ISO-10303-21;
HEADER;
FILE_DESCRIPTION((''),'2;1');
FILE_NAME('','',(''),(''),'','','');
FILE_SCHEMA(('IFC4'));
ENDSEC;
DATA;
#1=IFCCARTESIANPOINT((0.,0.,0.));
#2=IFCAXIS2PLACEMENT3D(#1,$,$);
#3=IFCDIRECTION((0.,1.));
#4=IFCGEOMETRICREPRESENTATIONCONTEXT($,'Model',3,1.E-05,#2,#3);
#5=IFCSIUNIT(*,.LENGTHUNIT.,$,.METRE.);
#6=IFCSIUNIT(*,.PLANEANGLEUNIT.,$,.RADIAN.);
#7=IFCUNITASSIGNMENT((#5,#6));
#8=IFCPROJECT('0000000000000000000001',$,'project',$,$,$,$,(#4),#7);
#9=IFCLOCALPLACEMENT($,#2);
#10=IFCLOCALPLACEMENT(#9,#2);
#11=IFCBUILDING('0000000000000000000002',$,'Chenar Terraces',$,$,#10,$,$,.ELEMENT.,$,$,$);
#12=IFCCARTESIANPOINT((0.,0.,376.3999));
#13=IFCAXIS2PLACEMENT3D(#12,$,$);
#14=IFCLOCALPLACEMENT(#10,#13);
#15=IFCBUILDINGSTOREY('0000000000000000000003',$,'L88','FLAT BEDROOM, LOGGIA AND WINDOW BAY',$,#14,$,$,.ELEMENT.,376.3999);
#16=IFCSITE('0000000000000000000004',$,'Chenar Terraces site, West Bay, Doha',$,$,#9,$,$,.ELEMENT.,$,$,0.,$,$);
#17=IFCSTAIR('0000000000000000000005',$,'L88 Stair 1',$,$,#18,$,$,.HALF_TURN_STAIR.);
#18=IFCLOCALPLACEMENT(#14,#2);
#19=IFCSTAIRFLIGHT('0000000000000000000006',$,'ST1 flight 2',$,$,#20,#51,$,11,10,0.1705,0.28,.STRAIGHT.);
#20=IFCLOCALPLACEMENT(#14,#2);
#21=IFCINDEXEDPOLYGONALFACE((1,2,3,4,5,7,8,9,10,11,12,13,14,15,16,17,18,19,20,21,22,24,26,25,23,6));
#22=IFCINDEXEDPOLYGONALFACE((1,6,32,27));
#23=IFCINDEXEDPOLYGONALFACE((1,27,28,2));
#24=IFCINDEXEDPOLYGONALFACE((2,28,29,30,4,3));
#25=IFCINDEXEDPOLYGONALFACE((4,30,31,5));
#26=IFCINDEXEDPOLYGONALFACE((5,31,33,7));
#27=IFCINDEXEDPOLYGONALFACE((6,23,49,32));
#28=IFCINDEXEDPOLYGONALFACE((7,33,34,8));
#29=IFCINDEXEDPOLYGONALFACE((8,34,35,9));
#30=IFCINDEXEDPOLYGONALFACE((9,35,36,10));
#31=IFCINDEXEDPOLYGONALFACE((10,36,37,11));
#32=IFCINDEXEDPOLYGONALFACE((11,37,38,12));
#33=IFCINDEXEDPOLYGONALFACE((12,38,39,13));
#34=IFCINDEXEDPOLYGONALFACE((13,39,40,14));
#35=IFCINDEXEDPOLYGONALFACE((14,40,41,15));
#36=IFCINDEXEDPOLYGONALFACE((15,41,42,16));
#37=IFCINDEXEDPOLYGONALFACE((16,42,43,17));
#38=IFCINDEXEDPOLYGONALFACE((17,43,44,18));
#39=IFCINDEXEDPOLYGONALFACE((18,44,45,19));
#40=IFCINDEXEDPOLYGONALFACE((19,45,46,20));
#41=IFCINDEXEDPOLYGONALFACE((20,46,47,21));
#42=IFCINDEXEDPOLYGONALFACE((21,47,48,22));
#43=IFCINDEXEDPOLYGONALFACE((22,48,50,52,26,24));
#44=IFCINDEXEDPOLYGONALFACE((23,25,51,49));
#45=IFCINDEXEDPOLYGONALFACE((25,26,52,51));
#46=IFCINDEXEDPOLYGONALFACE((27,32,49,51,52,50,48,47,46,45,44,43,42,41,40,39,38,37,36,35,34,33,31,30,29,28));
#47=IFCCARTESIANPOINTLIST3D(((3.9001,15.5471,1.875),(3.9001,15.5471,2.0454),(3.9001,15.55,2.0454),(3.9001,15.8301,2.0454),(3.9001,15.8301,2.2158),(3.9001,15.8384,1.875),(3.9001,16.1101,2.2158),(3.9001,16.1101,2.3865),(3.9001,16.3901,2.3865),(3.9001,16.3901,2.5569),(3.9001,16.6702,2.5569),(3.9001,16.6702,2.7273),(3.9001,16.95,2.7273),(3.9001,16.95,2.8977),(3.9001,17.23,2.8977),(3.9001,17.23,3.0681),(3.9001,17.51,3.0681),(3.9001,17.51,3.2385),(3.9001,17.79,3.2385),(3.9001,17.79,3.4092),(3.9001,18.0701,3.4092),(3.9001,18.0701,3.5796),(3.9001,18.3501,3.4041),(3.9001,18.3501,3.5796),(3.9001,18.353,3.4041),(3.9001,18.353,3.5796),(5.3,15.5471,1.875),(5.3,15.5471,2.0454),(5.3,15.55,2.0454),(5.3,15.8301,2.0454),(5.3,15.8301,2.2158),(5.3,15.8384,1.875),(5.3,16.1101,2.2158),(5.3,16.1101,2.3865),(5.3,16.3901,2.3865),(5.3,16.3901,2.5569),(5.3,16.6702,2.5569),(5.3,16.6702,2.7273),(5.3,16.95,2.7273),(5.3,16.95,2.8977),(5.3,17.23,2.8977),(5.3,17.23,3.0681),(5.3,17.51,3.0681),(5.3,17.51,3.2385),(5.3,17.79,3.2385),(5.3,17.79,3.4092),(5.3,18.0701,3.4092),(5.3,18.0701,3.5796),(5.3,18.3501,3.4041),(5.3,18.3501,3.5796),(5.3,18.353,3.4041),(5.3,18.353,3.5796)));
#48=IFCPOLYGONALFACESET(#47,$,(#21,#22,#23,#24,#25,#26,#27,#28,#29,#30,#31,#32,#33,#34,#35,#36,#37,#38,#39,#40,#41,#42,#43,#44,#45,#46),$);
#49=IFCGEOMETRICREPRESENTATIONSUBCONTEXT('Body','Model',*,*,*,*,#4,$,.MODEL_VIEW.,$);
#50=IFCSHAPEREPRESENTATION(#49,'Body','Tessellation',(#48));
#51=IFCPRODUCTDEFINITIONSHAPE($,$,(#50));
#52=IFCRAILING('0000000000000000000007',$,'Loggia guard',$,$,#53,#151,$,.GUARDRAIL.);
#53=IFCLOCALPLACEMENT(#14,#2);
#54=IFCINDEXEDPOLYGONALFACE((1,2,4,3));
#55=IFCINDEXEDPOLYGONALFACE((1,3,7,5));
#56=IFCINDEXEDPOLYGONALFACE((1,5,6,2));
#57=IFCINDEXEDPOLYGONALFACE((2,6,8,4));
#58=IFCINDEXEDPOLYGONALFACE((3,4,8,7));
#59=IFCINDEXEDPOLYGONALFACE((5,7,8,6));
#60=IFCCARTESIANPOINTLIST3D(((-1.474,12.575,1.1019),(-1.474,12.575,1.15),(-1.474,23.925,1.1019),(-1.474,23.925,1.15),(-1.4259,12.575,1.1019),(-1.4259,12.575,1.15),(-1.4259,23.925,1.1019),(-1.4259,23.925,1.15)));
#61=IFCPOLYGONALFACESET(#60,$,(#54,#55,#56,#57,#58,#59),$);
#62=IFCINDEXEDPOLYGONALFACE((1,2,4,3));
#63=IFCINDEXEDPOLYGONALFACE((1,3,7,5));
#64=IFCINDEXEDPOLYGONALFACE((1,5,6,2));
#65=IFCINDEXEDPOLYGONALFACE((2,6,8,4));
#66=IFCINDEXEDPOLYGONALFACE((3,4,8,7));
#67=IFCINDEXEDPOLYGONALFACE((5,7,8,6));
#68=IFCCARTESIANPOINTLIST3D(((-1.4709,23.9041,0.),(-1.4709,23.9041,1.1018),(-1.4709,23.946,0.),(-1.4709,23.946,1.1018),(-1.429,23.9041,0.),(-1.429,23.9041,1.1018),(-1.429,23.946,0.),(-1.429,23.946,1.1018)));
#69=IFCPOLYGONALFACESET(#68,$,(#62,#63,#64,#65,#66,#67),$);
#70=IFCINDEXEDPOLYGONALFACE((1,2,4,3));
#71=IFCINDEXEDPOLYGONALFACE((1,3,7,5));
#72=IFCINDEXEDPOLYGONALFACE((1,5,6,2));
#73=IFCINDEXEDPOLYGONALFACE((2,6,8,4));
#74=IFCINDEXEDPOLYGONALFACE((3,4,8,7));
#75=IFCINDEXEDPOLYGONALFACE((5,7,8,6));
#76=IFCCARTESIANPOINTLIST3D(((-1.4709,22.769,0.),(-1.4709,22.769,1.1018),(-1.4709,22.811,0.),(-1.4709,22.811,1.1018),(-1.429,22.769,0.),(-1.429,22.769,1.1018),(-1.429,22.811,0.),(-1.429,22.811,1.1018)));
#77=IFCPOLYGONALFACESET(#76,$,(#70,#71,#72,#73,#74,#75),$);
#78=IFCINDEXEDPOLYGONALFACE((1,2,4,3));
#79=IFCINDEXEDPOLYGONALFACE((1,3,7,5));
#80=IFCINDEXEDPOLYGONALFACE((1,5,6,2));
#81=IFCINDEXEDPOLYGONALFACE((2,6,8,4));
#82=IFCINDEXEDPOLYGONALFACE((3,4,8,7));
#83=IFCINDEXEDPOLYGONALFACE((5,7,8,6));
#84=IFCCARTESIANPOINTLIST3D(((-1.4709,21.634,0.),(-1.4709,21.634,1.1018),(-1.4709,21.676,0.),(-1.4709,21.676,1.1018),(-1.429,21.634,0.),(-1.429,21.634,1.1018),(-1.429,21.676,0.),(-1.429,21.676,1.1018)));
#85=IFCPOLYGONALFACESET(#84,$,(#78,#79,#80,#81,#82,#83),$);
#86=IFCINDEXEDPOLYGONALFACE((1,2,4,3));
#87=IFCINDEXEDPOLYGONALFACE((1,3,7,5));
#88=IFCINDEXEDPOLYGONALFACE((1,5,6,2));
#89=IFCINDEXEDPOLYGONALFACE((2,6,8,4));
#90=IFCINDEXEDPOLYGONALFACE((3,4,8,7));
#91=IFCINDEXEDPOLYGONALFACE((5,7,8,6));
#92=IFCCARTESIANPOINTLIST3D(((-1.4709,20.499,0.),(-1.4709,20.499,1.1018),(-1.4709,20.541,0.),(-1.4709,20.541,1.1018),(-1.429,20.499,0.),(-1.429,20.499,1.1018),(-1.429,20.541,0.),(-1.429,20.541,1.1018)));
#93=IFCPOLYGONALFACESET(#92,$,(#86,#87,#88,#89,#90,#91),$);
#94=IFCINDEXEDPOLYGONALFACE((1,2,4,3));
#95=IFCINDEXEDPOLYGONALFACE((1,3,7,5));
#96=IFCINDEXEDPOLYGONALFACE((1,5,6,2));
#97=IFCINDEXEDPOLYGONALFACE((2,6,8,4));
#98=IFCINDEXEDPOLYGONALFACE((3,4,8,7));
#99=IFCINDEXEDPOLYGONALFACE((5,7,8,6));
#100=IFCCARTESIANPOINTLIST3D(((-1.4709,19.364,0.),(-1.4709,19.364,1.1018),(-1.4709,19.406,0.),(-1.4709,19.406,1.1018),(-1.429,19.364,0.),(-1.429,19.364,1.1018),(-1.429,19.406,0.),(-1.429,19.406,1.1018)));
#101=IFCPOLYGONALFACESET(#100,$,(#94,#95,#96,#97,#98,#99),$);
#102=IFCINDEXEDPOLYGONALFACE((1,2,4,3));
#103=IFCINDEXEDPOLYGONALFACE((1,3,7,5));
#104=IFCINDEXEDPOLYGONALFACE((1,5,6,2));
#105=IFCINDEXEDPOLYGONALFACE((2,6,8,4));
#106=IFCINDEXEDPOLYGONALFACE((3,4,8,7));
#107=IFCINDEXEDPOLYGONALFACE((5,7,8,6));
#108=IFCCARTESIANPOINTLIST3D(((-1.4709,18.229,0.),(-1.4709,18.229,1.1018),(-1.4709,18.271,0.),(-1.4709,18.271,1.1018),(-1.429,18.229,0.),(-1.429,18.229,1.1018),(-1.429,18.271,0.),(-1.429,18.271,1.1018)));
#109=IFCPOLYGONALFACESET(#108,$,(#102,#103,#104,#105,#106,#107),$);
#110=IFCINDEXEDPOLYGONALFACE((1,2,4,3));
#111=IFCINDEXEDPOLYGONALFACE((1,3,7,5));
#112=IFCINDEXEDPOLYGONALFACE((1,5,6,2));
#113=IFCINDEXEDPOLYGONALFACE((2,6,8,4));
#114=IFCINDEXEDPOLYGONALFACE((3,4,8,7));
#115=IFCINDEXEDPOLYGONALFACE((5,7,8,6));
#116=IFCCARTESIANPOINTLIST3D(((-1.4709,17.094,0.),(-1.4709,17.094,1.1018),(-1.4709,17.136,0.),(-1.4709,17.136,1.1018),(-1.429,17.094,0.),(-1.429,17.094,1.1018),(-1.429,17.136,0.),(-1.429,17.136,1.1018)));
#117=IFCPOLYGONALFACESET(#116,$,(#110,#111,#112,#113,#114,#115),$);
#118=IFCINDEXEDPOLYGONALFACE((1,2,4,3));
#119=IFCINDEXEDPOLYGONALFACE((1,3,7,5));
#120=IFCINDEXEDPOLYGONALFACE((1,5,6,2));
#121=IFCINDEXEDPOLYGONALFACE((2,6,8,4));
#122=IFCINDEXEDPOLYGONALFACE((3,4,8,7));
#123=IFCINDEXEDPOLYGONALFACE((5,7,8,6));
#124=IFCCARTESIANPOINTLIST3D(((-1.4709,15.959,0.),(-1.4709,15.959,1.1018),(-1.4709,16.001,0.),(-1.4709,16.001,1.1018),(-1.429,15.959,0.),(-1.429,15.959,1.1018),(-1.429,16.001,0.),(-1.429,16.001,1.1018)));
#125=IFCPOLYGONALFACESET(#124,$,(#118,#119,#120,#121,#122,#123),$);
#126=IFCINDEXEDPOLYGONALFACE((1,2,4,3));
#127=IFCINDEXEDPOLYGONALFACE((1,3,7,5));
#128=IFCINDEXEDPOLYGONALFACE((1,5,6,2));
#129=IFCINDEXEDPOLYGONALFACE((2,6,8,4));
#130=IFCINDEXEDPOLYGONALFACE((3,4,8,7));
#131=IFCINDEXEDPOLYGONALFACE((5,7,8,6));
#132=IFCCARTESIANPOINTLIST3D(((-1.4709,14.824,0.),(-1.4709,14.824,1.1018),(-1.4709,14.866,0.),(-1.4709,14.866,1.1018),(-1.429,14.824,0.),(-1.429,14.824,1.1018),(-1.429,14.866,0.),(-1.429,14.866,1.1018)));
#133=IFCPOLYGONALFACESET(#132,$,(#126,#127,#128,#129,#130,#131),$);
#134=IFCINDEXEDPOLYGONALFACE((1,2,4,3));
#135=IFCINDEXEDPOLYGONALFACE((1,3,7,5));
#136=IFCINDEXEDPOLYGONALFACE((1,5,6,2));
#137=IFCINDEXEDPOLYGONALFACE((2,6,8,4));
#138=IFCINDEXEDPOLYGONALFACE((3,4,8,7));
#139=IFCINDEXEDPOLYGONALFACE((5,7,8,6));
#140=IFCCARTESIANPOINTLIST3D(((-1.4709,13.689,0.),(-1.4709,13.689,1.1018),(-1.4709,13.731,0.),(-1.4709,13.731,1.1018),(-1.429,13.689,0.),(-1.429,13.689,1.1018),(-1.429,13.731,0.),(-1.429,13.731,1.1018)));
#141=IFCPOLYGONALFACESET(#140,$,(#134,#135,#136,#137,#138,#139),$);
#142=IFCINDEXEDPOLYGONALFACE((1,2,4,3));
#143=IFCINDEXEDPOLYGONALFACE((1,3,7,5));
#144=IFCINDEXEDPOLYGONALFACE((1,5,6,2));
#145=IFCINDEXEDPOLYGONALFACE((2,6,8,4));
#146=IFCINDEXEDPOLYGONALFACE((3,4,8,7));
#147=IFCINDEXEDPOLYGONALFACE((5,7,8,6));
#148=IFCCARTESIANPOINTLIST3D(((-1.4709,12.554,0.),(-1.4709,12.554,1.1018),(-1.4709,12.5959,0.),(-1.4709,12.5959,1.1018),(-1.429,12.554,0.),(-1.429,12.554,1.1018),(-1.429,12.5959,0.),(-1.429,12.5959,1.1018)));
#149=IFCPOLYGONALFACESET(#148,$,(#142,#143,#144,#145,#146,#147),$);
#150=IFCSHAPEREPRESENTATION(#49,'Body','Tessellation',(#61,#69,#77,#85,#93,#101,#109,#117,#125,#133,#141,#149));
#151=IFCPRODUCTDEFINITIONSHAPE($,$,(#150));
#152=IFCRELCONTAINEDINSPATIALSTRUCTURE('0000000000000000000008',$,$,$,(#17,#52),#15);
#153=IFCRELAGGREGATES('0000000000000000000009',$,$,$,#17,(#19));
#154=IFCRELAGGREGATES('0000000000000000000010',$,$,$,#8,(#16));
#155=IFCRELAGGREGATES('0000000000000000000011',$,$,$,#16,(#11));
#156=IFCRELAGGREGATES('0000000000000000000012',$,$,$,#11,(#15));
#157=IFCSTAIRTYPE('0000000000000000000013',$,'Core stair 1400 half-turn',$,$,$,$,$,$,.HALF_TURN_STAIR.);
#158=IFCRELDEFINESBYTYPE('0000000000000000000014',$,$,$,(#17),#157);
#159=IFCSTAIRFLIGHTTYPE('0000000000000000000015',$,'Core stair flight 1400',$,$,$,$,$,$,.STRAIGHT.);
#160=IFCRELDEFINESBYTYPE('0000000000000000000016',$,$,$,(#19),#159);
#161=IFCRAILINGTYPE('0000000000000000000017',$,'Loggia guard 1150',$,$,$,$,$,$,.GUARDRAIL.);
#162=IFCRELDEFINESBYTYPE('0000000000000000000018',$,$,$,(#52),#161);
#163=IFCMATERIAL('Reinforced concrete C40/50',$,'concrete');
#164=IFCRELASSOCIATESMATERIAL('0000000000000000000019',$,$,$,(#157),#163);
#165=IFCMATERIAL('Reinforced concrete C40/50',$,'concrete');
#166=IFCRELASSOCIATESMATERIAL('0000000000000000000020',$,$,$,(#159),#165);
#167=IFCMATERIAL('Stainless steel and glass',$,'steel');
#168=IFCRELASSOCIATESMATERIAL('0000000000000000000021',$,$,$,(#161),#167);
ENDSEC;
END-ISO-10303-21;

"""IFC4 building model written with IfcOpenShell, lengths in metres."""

from ifc_helpers import new_model, si_unit, direction, frame, origin, origin_2d, place, context, subcontext, project, spatial, polyline, rectangle, outline, extrude, material, type_object, element, aggregate, save


model = new_model("IFC4")

# Units and contexts
model_context = context("Model", 3, precision=1e-05, world=origin(), true_north=direction((0.0, 1.0)))
body_context = subcontext(model_context, "Body", "Model", "MODEL_VIEW")
ifc_project = project(units=[si_unit("LENGTHUNIT", "METRE"), si_unit("PLANEANGLEUNIT", "RADIAN")], contexts=[model_context])

# Site, building, storey
site_placement = place(None, origin())
site = spatial("IfcSite", under=ifc_project, at=site_placement, Name="Chenar Terraces site, West Bay, Doha", CompositionType="ELEMENT", RefElevation=0.0)
building_placement = place(site_placement, origin())
building = spatial("IfcBuilding", under=site, at=building_placement, Name="Chenar Terraces", CompositionType="ELEMENT")
storey_placement = place(building_placement, frame((0.0, 0.0, 376.3999)))
storey = spatial("IfcBuildingStorey", under=building, at=storey_placement, Name="L88", Description="FLAT BEDROOM, LOGGIA AND WINDOW BAY", CompositionType="ELEMENT", Elevation=376.3999)

# Stair, stair flight
ifc_material_1 = material(Name="Reinforced concrete C40/50", Category="concrete")
stair_type = type_object("IfcStairType", Name="Core stair 1400 half-turn", PredefinedType="HALF_TURN_STAIR", material=ifc_material_1)
stair_placement = place(storey_placement, origin())
stair = element("IfcStair", 1, at=stair_placement, inside=storey, type_object=stair_type, Name="L88 Stair 1", PredefinedType="HALF_TURN_STAIR")
ifc_material_2 = material(Name="Reinforced concrete C40/50", Category="concrete")
stair_flight_type = type_object("IfcStairFlightType", Name="Core stair flight 1400", PredefinedType="STRAIGHT", material=ifc_material_2)
stair_flight_1_placement = place(storey_placement, frame((4.6001, 15.55, 1.875), z_axis=(0.0, 0.0, 1.0), x_axis=(0.0, 1.0, 0.0)))
stair_flight_1 = element("IfcStairFlight", 2, at=stair_flight_1_placement, type_object=stair_flight_type, Name="ST1 flight 2", NumberOfRisers=11, NumberOfTreads=10, PredefinedType="STRAIGHT", RiserHeight=0.1705, TreadLength=0.28, context=body_context, shape_type="SweptSolid", body=[
    extrude(outline(polyline([(-0.0029, 0.0), (-0.0029, 0.1704), (0.0, 0.1704), (0.28, 0.1704), (0.28, 0.3408), (0.5601, 0.3408), (0.5601, 0.5115), (0.8401, 0.5115), (0.8401, 0.6819), (1.1201, 0.6819), (1.1201, 0.8523), (1.3999, 0.8523), (1.3999, 1.0227), (1.6799, 1.0227), (1.6799, 1.1931), (1.96, 1.1931), (1.96, 1.3635), (2.24, 1.3635), (2.24, 1.5342), (2.52, 1.5342), (2.52, 1.7046), (2.8, 1.7046), (2.803, 1.7046), (2.803, 1.5291), (2.8, 1.5291), (0.2883, 0.0), (-0.0029, 0.0)])), frame((0.0, 0.7, 0.0), z_axis=(0.0, -1.0, 0.0), x_axis=(1.0, 0.0, 0.0)), (0.0, 0.0, 1.0), 1.3999),
])
aggregate(stair, [stair_flight_1])

# Railing
ifc_material_3 = material(Name="Stainless steel and glass", Category="steel")
railing_type_1 = type_object("IfcRailingType", Name="Loggia guard 1150", PredefinedType="GUARDRAIL", material=ifc_material_3)
railing_1_placement = place(storey_placement, frame((-1.45, 23.925, 0.0)))
element("IfcRailing", 3, at=railing_1_placement, inside=storey, type_object=railing_type_1, Name="Loggia guard", PredefinedType="GUARDRAIL", context=body_context, shape_type="SweptSolid", body=[
    extrude(rectangle(XDim=0.0481, YDim=0.0481, at=origin_2d()), frame((0.0, 0.0, 1.126), z_axis=(0.0, -1.0, 0.0), x_axis=(1.0, 0.0, 0.0)), (0.0, 0.0, 1.0), 11.3501),
    extrude(rectangle(XDim=0.042, YDim=0.042, at=origin_2d()), origin(), (0.0, 0.0, 1.0), 1.1018),
    extrude(rectangle(XDim=0.042, YDim=0.042, at=origin_2d()), frame((0.0, -1.135, 0.0)), (0.0, 0.0, 1.0), 1.1018),
    extrude(rectangle(XDim=0.042, YDim=0.042, at=origin_2d()), frame((0.0, -2.27, 0.0)), (0.0, 0.0, 1.0), 1.1018),
    extrude(rectangle(XDim=0.042, YDim=0.042, at=origin_2d()), frame((0.0, -3.405, 0.0)), (0.0, 0.0, 1.0), 1.1018),
    extrude(rectangle(XDim=0.042, YDim=0.042, at=origin_2d()), frame((0.0, -4.54, 0.0)), (0.0, 0.0, 1.0), 1.1018),
    extrude(rectangle(XDim=0.042, YDim=0.042, at=origin_2d()), frame((0.0, -5.675, 0.0)), (0.0, 0.0, 1.0), 1.1018),
    extrude(rectangle(XDim=0.042, YDim=0.042, at=origin_2d()), frame((0.0, -6.8101, 0.0)), (0.0, 0.0, 1.0), 1.1018),
    extrude(rectangle(XDim=0.042, YDim=0.042, at=origin_2d()), frame((0.0, -7.9451, 0.0)), (0.0, 0.0, 1.0), 1.1018),
    extrude(rectangle(XDim=0.042, YDim=0.042, at=origin_2d()), frame((0.0, -9.0801, 0.0)), (0.0, 0.0, 1.0), 1.1018),
    extrude(rectangle(XDim=0.042, YDim=0.042, at=origin_2d()), frame((0.0, -10.2151, 0.0)), (0.0, 0.0, 1.0), 1.1018),
    extrude(rectangle(XDim=0.042, YDim=0.042, at=origin_2d()), frame((0.0, -11.3501, 0.0)), (0.0, 0.0, 1.0), 1.1018),
])

save(model, "model.ifc")
